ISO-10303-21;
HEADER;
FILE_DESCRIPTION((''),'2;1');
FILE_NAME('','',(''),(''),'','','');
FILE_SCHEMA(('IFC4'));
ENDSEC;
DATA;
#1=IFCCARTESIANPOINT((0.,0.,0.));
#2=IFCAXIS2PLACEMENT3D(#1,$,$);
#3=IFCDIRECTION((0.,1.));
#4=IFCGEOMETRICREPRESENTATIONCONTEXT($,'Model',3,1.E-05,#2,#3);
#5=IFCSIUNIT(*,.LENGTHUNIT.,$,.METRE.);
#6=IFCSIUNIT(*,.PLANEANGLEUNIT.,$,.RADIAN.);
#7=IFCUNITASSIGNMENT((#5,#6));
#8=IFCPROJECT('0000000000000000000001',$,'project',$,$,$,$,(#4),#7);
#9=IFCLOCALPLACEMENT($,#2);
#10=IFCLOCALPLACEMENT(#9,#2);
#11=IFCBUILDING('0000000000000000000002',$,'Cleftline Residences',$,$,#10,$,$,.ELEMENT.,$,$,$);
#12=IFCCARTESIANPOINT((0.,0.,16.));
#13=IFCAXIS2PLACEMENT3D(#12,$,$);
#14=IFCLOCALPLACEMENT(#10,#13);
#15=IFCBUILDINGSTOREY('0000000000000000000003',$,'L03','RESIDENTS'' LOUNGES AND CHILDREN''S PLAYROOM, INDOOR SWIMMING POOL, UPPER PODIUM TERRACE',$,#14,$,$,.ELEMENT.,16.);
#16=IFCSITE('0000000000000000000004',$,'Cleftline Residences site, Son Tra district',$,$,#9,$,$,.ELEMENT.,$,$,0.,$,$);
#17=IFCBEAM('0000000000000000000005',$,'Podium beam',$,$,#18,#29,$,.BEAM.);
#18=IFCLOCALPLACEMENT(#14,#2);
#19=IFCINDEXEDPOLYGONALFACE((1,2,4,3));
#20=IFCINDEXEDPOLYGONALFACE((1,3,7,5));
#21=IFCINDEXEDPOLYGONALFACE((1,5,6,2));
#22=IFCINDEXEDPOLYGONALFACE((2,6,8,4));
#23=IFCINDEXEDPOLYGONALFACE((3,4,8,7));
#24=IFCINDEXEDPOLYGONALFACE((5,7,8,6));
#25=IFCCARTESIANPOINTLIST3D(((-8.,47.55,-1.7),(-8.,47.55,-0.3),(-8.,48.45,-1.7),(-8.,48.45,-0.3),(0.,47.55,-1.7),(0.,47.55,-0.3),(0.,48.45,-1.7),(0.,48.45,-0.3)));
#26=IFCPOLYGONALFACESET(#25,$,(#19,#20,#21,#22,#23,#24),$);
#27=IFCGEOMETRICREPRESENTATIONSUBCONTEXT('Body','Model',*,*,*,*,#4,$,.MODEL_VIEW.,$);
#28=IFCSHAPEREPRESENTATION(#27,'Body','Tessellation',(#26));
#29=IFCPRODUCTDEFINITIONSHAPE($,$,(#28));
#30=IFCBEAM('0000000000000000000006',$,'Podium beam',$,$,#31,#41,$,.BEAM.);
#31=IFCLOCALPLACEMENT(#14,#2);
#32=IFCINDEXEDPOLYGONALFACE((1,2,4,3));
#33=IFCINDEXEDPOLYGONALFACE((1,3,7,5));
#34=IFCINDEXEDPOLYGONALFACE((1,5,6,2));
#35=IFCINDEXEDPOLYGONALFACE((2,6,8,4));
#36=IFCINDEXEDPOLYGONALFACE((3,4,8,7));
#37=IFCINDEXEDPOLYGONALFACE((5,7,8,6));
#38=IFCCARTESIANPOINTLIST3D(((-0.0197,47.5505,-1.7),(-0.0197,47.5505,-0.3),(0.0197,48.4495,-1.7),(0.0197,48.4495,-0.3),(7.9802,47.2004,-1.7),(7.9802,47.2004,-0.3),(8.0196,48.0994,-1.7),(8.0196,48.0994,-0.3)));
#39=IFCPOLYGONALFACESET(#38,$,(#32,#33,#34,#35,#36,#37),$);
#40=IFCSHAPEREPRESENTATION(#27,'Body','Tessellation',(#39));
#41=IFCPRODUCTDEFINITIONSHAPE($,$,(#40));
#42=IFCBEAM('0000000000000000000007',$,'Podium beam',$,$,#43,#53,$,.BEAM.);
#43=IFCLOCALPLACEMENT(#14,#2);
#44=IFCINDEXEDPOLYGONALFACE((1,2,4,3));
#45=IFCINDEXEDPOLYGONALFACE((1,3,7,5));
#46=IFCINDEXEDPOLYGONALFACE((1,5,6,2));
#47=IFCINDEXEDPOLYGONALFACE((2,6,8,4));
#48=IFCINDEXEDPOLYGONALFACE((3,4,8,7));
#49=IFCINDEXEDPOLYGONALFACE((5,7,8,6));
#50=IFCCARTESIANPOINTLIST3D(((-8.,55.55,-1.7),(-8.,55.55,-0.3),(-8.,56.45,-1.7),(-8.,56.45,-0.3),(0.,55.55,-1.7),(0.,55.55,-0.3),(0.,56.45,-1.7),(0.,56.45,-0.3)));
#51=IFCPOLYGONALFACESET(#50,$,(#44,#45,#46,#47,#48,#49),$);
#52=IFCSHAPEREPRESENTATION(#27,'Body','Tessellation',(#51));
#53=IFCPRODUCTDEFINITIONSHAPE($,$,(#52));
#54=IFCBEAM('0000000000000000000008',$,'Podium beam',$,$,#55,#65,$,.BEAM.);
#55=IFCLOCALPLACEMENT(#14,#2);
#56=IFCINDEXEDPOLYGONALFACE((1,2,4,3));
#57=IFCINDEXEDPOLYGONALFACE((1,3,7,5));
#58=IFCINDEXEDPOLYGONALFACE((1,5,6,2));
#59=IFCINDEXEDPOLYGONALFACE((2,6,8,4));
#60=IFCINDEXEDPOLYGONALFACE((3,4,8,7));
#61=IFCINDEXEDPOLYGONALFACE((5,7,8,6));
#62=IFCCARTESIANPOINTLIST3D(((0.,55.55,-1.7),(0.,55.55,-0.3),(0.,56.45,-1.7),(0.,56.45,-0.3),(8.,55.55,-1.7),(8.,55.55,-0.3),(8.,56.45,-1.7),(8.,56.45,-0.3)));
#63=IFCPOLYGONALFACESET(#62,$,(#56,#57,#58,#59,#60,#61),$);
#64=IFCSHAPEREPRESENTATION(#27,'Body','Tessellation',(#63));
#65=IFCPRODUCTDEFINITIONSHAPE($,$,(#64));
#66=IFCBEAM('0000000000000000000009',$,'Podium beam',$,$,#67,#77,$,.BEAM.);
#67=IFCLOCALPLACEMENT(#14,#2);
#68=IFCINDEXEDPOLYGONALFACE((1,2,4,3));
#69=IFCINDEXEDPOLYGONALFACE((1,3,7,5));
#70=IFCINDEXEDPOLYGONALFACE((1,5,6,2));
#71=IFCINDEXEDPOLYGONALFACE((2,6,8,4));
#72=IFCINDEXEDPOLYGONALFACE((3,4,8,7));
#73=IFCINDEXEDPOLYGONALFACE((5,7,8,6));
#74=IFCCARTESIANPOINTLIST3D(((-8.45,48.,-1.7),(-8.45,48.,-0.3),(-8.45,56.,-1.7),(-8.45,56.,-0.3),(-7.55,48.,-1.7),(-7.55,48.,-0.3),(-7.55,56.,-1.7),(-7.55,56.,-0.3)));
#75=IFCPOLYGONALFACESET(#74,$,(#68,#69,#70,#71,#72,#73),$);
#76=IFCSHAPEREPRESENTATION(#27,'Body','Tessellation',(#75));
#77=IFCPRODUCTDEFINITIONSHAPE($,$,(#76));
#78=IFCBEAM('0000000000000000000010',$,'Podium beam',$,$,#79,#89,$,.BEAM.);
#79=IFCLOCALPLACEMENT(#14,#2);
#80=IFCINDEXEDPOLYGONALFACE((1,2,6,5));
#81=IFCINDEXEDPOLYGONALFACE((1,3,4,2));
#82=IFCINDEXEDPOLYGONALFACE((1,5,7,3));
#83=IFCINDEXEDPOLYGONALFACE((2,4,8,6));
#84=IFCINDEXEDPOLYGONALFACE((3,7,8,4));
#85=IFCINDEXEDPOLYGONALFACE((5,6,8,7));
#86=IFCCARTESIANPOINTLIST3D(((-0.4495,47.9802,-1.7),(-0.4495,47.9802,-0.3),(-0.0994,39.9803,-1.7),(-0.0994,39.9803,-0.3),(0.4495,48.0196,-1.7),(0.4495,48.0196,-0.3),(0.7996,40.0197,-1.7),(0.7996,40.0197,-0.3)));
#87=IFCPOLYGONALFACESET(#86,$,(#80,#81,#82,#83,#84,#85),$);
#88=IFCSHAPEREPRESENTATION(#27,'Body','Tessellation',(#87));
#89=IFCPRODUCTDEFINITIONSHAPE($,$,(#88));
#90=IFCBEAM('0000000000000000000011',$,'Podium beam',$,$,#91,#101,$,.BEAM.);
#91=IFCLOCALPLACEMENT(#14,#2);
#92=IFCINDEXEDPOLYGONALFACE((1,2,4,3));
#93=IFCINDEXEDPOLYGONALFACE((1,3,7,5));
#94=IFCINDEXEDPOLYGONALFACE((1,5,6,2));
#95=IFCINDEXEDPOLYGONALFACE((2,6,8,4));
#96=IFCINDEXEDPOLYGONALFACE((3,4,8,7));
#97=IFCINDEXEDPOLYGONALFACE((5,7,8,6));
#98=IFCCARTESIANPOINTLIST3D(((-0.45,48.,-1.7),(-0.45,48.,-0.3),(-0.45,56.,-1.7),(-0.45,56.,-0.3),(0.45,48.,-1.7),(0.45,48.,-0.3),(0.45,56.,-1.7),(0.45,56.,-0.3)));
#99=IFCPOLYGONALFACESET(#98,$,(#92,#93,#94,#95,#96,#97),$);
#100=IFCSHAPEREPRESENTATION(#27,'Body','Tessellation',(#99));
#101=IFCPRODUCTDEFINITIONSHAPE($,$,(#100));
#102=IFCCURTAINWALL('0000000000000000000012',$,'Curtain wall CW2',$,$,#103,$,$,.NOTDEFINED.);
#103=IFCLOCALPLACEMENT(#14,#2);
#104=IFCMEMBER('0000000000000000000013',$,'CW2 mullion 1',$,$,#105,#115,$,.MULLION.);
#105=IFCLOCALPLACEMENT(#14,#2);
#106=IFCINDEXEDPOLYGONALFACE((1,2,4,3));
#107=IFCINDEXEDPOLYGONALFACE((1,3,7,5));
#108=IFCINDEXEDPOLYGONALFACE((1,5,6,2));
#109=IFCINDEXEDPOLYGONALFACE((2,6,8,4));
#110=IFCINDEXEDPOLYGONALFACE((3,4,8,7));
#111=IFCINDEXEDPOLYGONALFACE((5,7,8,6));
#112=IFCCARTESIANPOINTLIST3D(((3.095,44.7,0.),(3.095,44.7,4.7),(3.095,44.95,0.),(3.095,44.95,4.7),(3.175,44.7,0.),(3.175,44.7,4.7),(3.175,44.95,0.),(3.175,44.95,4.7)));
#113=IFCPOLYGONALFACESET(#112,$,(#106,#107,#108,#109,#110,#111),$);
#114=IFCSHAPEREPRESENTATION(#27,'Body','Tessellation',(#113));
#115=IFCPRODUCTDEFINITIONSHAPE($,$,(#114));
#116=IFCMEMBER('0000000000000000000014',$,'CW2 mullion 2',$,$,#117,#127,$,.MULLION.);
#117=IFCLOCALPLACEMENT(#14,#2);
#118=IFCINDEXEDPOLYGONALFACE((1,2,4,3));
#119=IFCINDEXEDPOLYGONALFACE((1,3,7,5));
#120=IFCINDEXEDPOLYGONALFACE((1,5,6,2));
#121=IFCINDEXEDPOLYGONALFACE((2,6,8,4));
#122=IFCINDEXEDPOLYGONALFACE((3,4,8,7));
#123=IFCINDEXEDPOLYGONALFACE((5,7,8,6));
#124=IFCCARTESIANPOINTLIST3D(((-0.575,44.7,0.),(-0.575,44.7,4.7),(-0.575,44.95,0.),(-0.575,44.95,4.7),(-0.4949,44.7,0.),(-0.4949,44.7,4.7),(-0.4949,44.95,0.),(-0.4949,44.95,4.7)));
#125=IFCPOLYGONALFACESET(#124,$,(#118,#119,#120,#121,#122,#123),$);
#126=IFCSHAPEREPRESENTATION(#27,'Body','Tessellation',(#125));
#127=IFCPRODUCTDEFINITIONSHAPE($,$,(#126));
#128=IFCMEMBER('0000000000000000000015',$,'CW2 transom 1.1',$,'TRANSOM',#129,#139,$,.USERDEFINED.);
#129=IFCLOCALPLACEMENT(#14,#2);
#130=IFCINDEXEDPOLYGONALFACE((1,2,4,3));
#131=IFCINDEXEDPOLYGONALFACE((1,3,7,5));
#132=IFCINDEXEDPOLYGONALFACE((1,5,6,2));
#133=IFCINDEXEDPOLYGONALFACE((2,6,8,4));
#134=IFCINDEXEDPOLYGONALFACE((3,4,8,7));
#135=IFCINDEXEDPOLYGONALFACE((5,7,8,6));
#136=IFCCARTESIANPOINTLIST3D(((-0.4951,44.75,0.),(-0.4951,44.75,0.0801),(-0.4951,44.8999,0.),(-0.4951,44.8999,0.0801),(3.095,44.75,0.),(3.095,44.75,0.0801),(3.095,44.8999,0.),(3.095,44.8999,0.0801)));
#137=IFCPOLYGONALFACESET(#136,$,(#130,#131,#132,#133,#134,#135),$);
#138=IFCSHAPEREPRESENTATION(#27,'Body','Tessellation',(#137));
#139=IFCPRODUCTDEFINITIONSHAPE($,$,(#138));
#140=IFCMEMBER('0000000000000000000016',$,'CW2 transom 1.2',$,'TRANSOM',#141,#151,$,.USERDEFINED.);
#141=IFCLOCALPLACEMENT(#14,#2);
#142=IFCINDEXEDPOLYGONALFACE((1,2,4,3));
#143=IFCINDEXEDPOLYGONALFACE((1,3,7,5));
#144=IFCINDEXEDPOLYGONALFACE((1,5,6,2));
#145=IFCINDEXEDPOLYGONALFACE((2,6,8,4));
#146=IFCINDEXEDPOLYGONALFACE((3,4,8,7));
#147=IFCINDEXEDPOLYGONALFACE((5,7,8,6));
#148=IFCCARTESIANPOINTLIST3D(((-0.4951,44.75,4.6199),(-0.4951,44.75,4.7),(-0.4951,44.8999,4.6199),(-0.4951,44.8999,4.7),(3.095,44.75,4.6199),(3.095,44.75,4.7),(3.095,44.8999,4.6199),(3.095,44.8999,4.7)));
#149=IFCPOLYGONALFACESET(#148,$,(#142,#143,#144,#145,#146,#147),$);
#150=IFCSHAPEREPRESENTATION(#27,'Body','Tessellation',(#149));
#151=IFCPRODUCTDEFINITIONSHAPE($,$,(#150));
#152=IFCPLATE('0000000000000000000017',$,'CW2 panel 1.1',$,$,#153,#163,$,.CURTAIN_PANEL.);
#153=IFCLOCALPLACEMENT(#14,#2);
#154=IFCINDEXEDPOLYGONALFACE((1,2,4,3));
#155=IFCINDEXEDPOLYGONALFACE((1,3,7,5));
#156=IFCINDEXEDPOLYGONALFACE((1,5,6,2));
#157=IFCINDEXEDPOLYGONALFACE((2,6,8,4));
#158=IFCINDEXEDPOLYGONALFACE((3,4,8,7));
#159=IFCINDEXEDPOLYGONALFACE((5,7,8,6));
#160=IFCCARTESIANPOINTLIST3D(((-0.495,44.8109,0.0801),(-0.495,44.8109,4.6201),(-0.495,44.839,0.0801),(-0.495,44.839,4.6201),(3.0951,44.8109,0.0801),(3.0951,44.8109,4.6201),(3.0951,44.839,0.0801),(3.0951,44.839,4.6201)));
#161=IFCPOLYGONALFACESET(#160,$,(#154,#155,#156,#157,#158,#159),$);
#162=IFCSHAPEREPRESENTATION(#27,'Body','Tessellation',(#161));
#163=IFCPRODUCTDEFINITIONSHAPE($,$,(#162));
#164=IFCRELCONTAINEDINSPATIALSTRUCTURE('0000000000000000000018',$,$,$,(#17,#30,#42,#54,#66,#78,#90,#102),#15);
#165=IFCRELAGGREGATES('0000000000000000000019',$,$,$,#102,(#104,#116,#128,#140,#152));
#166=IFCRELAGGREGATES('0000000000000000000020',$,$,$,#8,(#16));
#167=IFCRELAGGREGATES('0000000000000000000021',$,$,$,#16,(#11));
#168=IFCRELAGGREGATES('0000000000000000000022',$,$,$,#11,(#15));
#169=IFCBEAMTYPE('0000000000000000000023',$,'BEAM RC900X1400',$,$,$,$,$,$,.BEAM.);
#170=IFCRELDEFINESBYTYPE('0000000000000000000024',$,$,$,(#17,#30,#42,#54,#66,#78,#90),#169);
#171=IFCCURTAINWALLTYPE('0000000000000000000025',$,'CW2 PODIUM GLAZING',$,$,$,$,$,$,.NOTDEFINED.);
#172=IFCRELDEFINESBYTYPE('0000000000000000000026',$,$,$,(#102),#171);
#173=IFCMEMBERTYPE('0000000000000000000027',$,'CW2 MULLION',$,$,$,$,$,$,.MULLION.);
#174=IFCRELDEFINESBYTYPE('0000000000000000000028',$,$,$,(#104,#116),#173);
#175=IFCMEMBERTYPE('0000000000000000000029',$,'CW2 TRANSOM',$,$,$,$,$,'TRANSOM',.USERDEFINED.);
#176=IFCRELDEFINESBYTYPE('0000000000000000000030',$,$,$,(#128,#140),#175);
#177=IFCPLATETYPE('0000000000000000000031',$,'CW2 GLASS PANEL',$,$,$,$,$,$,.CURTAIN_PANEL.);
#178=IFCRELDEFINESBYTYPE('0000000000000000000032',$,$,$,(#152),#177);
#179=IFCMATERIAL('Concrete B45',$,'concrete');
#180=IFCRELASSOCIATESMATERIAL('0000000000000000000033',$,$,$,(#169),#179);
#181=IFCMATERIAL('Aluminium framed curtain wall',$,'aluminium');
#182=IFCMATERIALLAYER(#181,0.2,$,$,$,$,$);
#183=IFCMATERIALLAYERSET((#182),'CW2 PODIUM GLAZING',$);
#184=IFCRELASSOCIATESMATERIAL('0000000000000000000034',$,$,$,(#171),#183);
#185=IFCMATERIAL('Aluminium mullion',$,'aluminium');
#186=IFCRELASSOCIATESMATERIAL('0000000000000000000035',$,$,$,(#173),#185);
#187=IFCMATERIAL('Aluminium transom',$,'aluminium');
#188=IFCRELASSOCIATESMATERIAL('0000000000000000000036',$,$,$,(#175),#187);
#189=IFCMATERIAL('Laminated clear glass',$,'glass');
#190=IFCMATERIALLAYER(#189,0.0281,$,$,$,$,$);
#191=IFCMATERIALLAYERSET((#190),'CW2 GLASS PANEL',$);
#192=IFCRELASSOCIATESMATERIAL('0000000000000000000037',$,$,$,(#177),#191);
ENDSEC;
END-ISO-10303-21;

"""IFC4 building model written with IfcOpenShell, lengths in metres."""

from ifc_helpers import new_model, si_unit, direction, frame, origin, origin_2d, place, context, subcontext, project, spatial, rectangle, extrude, material, layer, layer_set, material_profile, profile_set, type_object, element, aggregate, save


model = new_model("IFC4")

# Units and contexts
model_context = context("Model", 3, precision=1e-05, world=origin(), true_north=direction((0.0, 1.0)))
body_context = subcontext(model_context, "Body", "Model", "MODEL_VIEW")
ifc_project = project(units=[si_unit("LENGTHUNIT", "METRE"), si_unit("PLANEANGLEUNIT", "RADIAN")], contexts=[model_context])

# Site, building, storey
site_placement = place(None, origin())
site = spatial("IfcSite", under=ifc_project, at=site_placement, Name="Cleftline Residences site, Son Tra district", CompositionType="ELEMENT", RefElevation=0.0)
building_placement = place(site_placement, origin())
building = spatial("IfcBuilding", under=site, at=building_placement, Name="Cleftline Residences", CompositionType="ELEMENT")
storey_placement = place(building_placement, frame((0.0, 0.0, 16.0)))
storey = spatial("IfcBuildingStorey", under=building, at=storey_placement, Name="L03", Description="RESIDENTS' LOUNGES AND CHILDREN'S PLAYROOM, INDOOR SWIMMING POOL, UPPER PODIUM TERRACE", CompositionType="ELEMENT", Elevation=16.0)

# Beams
ifc_material_1 = material(Name="Concrete B45", Category="concrete")
ifc_material_profile_1 = material_profile(ifc_material_1, rectangle(XDim=0.8999, YDim=1.3999, at=origin_2d()))
ifc_profile_set_1 = profile_set([ifc_material_profile_1], Name="Concrete B45")
beam_type = type_object("IfcBeamType", Name="BEAM RC900X1400", PredefinedType="BEAM", material=ifc_profile_set_1)
beam_1_placement = place(storey_placement, frame((-8.0, 48.0, -1.0), z_axis=(1.0, 0.0, 0.0), x_axis=(0.0, 1.0, 0.0)))
element("IfcBeam", 1, at=beam_1_placement, inside=storey, type_object=beam_type, Name="Podium beam", PredefinedType="BEAM", context=body_context, shape_type="SweptSolid", body=[
    extrude(rectangle(XDim=0.8999, YDim=1.3999, at=origin_2d()), origin(), (0.0, 0.0, 1.0), 8.0),
])
beam_2_placement = place(storey_placement, frame((0.0, 48.0, -1.0), z_axis=(0.999044, -0.04372, 0.0), x_axis=(0.04372, 0.999044, 0.0)))
element("IfcBeam", 2, at=beam_2_placement, inside=storey, type_object=beam_type, Name="Podium beam", PredefinedType="BEAM", context=body_context, shape_type="SweptSolid", body=[
    extrude(rectangle(XDim=0.8999, YDim=1.3999, at=origin_2d()), origin(), (0.0, 0.0, 1.0), 8.0076),
])
for number, where, z_axis, x_axis, name in (
    (3, (-8.0, 56.0, -1.0), (1.0, 0.0, 0.0), (0.0, 1.0, 0.0), "Podium beam"),
    (4, (0.0, 56.0, -1.0), (1.0, 0.0, 0.0), (0.0, 1.0, 0.0), "Podium beam"),
    (5, (-8.0, 48.0, -1.0), (0.0, 1.0, 0.0), (-1.0, 0.0, 0.0), "Podium beam"),
):
    element("IfcBeam", number, at=place(storey_placement, frame(where, z_axis=z_axis, x_axis=x_axis)), inside=storey, type_object=beam_type, Name=name, PredefinedType="BEAM", context=body_context, shape_type="SweptSolid", body=[
        extrude(rectangle(XDim=0.8999, YDim=1.3999, at=origin_2d()), origin(), (0.0, 0.0, 1.0), 8.0),
    ])
beam_3_placement = place(storey_placement, frame((0.3501, 40.0, -1.0), z_axis=(-0.04372, 0.999044, 0.0), x_axis=(-0.999044, -0.04372, 0.0)))
element("IfcBeam", 6, at=beam_3_placement, inside=storey, type_object=beam_type, Name="Podium beam", PredefinedType="BEAM", context=body_context, shape_type="SweptSolid", body=[
    extrude(rectangle(XDim=0.8999, YDim=1.3999, at=origin_2d()), origin(), (0.0, 0.0, 1.0), 8.0076),
])
beam_4_placement = place(storey_placement, frame((0.0, 48.0, -1.0), z_axis=(0.0, 1.0, 0.0), x_axis=(-1.0, 0.0, 0.0)))
element("IfcBeam", 7, at=beam_4_placement, inside=storey, type_object=beam_type, Name="Podium beam", PredefinedType="BEAM", context=body_context, shape_type="SweptSolid", body=[
    extrude(rectangle(XDim=0.8999, YDim=1.3999, at=origin_2d()), origin(), (0.0, 0.0, 1.0), 8.0),
])

# Curtain wall, members, plate
ifc_material_2 = material(Name="Aluminium framed curtain wall", Category="aluminium")
ifc_layer_1 = layer(ifc_material_2, 0.2)
ifc_layer_set_1 = layer_set([ifc_layer_1], Name="CW2 PODIUM GLAZING")
curtain_wall_type = type_object("IfcCurtainWallType", Name="CW2 PODIUM GLAZING", PredefinedType="NOTDEFINED", material=ifc_layer_set_1)
curtain_wall_placement = place(storey_placement, origin())
curtain_wall = element("IfcCurtainWall", 8, at=curtain_wall_placement, inside=storey, type_object=curtain_wall_type, Name="Curtain wall CW2", PredefinedType="NOTDEFINED")
ifc_material_3 = material(Name="Aluminium mullion", Category="aluminium")
ifc_material_profile_2 = material_profile(ifc_material_3, rectangle(XDim=0.25, YDim=0.0801, at=origin_2d()))
ifc_profile_set_2 = profile_set([ifc_material_profile_2], Name="Aluminium mullion")
member_type_1 = type_object("IfcMemberType", Name="CW2 MULLION", PredefinedType="MULLION", material=ifc_profile_set_2)
member_1_placement = place(storey_placement, frame((3.135, 44.825, 0.0), z_axis=(0.0, 0.0, 1.0), x_axis=(0.0, -1.0, 0.0)))
member_1 = element("IfcMember", 9, at=member_1_placement, type_object=member_type_1, Name="CW2 mullion 1", PredefinedType="MULLION", context=body_context, shape_type="SweptSolid", body=[
    extrude(rectangle(XDim=0.25, YDim=0.0801, at=origin_2d()), origin(), (0.0, 0.0, 1.0), 4.7),
])
member_2_placement = place(storey_placement, frame((-0.5349, 44.825, 0.0), z_axis=(0.0, 0.0, 1.0), x_axis=(0.0, -1.0, 0.0)))
member_2 = element("IfcMember", 10, at=member_2_placement, type_object=member_type_1, Name="CW2 mullion 2", PredefinedType="MULLION", context=body_context, shape_type="SweptSolid", body=[
    extrude(rectangle(XDim=0.25, YDim=0.0801, at=origin_2d()), origin(), (0.0, 0.0, 1.0), 4.7),
])
ifc_material_4 = material(Name="Aluminium transom", Category="aluminium")
ifc_material_profile_3 = material_profile(ifc_material_4, rectangle(XDim=0.1499, YDim=0.0801, at=origin_2d()))
ifc_profile_set_3 = profile_set([ifc_material_profile_3], Name="Aluminium transom")
member_type_2 = type_object("IfcMemberType", Name="CW2 TRANSOM", ElementType="TRANSOM", PredefinedType="USERDEFINED", material=ifc_profile_set_3)
member_3_placement = place(storey_placement, frame((3.095, 44.825, 0.04), z_axis=(-1.0, 0.0, 0.0), x_axis=(0.0, -1.0, 0.0)))
member_3 = element("IfcMember", 11, at=member_3_placement, type_object=member_type_2, Name="CW2 transom 1.1", ObjectType="TRANSOM", PredefinedType="USERDEFINED", context=body_context, shape_type="SweptSolid", body=[
    extrude(rectangle(XDim=0.1499, YDim=0.0801, at=origin_2d()), origin(), (0.0, 0.0, 1.0), 3.5901),
])
member_4_placement = place(storey_placement, frame((3.095, 44.825, 4.6599), z_axis=(-1.0, 0.0, 0.0), x_axis=(0.0, -1.0, 0.0)))
member_4 = element("IfcMember", 12, at=member_4_placement, type_object=member_type_2, Name="CW2 transom 1.2", ObjectType="TRANSOM", PredefinedType="USERDEFINED", context=body_context, shape_type="SweptSolid", body=[
    extrude(rectangle(XDim=0.1499, YDim=0.0801, at=origin_2d()), origin(), (0.0, 0.0, 1.0), 3.5901),
])
ifc_material_5 = material(Name="Laminated clear glass", Category="glass")
ifc_layer_2 = layer(ifc_material_5, 0.0281)
ifc_layer_set_2 = layer_set([ifc_layer_2], Name="CW2 GLASS PANEL")
plate_type = type_object("IfcPlateType", Name="CW2 GLASS PANEL", PredefinedType="CURTAIN_PANEL", material=ifc_layer_set_2)
plate_placement = place(storey_placement, frame((1.3, 44.825, 0.0801), z_axis=(0.0, 0.0, 1.0), x_axis=(-1.0, 0.0, 0.0)))
plate = element("IfcPlate", 13, at=plate_placement, type_object=plate_type, Name="CW2 panel 1.1", PredefinedType="CURTAIN_PANEL", context=body_context, shape_type="SweptSolid", body=[
    extrude(rectangle(XDim=3.5901, YDim=0.0281, at=origin_2d()), origin(), (0.0, 0.0, 1.0), 4.54),
])
aggregate(curtain_wall, [member_1, member_2, member_3, member_4, plate])

save(model, "model.ifc")
